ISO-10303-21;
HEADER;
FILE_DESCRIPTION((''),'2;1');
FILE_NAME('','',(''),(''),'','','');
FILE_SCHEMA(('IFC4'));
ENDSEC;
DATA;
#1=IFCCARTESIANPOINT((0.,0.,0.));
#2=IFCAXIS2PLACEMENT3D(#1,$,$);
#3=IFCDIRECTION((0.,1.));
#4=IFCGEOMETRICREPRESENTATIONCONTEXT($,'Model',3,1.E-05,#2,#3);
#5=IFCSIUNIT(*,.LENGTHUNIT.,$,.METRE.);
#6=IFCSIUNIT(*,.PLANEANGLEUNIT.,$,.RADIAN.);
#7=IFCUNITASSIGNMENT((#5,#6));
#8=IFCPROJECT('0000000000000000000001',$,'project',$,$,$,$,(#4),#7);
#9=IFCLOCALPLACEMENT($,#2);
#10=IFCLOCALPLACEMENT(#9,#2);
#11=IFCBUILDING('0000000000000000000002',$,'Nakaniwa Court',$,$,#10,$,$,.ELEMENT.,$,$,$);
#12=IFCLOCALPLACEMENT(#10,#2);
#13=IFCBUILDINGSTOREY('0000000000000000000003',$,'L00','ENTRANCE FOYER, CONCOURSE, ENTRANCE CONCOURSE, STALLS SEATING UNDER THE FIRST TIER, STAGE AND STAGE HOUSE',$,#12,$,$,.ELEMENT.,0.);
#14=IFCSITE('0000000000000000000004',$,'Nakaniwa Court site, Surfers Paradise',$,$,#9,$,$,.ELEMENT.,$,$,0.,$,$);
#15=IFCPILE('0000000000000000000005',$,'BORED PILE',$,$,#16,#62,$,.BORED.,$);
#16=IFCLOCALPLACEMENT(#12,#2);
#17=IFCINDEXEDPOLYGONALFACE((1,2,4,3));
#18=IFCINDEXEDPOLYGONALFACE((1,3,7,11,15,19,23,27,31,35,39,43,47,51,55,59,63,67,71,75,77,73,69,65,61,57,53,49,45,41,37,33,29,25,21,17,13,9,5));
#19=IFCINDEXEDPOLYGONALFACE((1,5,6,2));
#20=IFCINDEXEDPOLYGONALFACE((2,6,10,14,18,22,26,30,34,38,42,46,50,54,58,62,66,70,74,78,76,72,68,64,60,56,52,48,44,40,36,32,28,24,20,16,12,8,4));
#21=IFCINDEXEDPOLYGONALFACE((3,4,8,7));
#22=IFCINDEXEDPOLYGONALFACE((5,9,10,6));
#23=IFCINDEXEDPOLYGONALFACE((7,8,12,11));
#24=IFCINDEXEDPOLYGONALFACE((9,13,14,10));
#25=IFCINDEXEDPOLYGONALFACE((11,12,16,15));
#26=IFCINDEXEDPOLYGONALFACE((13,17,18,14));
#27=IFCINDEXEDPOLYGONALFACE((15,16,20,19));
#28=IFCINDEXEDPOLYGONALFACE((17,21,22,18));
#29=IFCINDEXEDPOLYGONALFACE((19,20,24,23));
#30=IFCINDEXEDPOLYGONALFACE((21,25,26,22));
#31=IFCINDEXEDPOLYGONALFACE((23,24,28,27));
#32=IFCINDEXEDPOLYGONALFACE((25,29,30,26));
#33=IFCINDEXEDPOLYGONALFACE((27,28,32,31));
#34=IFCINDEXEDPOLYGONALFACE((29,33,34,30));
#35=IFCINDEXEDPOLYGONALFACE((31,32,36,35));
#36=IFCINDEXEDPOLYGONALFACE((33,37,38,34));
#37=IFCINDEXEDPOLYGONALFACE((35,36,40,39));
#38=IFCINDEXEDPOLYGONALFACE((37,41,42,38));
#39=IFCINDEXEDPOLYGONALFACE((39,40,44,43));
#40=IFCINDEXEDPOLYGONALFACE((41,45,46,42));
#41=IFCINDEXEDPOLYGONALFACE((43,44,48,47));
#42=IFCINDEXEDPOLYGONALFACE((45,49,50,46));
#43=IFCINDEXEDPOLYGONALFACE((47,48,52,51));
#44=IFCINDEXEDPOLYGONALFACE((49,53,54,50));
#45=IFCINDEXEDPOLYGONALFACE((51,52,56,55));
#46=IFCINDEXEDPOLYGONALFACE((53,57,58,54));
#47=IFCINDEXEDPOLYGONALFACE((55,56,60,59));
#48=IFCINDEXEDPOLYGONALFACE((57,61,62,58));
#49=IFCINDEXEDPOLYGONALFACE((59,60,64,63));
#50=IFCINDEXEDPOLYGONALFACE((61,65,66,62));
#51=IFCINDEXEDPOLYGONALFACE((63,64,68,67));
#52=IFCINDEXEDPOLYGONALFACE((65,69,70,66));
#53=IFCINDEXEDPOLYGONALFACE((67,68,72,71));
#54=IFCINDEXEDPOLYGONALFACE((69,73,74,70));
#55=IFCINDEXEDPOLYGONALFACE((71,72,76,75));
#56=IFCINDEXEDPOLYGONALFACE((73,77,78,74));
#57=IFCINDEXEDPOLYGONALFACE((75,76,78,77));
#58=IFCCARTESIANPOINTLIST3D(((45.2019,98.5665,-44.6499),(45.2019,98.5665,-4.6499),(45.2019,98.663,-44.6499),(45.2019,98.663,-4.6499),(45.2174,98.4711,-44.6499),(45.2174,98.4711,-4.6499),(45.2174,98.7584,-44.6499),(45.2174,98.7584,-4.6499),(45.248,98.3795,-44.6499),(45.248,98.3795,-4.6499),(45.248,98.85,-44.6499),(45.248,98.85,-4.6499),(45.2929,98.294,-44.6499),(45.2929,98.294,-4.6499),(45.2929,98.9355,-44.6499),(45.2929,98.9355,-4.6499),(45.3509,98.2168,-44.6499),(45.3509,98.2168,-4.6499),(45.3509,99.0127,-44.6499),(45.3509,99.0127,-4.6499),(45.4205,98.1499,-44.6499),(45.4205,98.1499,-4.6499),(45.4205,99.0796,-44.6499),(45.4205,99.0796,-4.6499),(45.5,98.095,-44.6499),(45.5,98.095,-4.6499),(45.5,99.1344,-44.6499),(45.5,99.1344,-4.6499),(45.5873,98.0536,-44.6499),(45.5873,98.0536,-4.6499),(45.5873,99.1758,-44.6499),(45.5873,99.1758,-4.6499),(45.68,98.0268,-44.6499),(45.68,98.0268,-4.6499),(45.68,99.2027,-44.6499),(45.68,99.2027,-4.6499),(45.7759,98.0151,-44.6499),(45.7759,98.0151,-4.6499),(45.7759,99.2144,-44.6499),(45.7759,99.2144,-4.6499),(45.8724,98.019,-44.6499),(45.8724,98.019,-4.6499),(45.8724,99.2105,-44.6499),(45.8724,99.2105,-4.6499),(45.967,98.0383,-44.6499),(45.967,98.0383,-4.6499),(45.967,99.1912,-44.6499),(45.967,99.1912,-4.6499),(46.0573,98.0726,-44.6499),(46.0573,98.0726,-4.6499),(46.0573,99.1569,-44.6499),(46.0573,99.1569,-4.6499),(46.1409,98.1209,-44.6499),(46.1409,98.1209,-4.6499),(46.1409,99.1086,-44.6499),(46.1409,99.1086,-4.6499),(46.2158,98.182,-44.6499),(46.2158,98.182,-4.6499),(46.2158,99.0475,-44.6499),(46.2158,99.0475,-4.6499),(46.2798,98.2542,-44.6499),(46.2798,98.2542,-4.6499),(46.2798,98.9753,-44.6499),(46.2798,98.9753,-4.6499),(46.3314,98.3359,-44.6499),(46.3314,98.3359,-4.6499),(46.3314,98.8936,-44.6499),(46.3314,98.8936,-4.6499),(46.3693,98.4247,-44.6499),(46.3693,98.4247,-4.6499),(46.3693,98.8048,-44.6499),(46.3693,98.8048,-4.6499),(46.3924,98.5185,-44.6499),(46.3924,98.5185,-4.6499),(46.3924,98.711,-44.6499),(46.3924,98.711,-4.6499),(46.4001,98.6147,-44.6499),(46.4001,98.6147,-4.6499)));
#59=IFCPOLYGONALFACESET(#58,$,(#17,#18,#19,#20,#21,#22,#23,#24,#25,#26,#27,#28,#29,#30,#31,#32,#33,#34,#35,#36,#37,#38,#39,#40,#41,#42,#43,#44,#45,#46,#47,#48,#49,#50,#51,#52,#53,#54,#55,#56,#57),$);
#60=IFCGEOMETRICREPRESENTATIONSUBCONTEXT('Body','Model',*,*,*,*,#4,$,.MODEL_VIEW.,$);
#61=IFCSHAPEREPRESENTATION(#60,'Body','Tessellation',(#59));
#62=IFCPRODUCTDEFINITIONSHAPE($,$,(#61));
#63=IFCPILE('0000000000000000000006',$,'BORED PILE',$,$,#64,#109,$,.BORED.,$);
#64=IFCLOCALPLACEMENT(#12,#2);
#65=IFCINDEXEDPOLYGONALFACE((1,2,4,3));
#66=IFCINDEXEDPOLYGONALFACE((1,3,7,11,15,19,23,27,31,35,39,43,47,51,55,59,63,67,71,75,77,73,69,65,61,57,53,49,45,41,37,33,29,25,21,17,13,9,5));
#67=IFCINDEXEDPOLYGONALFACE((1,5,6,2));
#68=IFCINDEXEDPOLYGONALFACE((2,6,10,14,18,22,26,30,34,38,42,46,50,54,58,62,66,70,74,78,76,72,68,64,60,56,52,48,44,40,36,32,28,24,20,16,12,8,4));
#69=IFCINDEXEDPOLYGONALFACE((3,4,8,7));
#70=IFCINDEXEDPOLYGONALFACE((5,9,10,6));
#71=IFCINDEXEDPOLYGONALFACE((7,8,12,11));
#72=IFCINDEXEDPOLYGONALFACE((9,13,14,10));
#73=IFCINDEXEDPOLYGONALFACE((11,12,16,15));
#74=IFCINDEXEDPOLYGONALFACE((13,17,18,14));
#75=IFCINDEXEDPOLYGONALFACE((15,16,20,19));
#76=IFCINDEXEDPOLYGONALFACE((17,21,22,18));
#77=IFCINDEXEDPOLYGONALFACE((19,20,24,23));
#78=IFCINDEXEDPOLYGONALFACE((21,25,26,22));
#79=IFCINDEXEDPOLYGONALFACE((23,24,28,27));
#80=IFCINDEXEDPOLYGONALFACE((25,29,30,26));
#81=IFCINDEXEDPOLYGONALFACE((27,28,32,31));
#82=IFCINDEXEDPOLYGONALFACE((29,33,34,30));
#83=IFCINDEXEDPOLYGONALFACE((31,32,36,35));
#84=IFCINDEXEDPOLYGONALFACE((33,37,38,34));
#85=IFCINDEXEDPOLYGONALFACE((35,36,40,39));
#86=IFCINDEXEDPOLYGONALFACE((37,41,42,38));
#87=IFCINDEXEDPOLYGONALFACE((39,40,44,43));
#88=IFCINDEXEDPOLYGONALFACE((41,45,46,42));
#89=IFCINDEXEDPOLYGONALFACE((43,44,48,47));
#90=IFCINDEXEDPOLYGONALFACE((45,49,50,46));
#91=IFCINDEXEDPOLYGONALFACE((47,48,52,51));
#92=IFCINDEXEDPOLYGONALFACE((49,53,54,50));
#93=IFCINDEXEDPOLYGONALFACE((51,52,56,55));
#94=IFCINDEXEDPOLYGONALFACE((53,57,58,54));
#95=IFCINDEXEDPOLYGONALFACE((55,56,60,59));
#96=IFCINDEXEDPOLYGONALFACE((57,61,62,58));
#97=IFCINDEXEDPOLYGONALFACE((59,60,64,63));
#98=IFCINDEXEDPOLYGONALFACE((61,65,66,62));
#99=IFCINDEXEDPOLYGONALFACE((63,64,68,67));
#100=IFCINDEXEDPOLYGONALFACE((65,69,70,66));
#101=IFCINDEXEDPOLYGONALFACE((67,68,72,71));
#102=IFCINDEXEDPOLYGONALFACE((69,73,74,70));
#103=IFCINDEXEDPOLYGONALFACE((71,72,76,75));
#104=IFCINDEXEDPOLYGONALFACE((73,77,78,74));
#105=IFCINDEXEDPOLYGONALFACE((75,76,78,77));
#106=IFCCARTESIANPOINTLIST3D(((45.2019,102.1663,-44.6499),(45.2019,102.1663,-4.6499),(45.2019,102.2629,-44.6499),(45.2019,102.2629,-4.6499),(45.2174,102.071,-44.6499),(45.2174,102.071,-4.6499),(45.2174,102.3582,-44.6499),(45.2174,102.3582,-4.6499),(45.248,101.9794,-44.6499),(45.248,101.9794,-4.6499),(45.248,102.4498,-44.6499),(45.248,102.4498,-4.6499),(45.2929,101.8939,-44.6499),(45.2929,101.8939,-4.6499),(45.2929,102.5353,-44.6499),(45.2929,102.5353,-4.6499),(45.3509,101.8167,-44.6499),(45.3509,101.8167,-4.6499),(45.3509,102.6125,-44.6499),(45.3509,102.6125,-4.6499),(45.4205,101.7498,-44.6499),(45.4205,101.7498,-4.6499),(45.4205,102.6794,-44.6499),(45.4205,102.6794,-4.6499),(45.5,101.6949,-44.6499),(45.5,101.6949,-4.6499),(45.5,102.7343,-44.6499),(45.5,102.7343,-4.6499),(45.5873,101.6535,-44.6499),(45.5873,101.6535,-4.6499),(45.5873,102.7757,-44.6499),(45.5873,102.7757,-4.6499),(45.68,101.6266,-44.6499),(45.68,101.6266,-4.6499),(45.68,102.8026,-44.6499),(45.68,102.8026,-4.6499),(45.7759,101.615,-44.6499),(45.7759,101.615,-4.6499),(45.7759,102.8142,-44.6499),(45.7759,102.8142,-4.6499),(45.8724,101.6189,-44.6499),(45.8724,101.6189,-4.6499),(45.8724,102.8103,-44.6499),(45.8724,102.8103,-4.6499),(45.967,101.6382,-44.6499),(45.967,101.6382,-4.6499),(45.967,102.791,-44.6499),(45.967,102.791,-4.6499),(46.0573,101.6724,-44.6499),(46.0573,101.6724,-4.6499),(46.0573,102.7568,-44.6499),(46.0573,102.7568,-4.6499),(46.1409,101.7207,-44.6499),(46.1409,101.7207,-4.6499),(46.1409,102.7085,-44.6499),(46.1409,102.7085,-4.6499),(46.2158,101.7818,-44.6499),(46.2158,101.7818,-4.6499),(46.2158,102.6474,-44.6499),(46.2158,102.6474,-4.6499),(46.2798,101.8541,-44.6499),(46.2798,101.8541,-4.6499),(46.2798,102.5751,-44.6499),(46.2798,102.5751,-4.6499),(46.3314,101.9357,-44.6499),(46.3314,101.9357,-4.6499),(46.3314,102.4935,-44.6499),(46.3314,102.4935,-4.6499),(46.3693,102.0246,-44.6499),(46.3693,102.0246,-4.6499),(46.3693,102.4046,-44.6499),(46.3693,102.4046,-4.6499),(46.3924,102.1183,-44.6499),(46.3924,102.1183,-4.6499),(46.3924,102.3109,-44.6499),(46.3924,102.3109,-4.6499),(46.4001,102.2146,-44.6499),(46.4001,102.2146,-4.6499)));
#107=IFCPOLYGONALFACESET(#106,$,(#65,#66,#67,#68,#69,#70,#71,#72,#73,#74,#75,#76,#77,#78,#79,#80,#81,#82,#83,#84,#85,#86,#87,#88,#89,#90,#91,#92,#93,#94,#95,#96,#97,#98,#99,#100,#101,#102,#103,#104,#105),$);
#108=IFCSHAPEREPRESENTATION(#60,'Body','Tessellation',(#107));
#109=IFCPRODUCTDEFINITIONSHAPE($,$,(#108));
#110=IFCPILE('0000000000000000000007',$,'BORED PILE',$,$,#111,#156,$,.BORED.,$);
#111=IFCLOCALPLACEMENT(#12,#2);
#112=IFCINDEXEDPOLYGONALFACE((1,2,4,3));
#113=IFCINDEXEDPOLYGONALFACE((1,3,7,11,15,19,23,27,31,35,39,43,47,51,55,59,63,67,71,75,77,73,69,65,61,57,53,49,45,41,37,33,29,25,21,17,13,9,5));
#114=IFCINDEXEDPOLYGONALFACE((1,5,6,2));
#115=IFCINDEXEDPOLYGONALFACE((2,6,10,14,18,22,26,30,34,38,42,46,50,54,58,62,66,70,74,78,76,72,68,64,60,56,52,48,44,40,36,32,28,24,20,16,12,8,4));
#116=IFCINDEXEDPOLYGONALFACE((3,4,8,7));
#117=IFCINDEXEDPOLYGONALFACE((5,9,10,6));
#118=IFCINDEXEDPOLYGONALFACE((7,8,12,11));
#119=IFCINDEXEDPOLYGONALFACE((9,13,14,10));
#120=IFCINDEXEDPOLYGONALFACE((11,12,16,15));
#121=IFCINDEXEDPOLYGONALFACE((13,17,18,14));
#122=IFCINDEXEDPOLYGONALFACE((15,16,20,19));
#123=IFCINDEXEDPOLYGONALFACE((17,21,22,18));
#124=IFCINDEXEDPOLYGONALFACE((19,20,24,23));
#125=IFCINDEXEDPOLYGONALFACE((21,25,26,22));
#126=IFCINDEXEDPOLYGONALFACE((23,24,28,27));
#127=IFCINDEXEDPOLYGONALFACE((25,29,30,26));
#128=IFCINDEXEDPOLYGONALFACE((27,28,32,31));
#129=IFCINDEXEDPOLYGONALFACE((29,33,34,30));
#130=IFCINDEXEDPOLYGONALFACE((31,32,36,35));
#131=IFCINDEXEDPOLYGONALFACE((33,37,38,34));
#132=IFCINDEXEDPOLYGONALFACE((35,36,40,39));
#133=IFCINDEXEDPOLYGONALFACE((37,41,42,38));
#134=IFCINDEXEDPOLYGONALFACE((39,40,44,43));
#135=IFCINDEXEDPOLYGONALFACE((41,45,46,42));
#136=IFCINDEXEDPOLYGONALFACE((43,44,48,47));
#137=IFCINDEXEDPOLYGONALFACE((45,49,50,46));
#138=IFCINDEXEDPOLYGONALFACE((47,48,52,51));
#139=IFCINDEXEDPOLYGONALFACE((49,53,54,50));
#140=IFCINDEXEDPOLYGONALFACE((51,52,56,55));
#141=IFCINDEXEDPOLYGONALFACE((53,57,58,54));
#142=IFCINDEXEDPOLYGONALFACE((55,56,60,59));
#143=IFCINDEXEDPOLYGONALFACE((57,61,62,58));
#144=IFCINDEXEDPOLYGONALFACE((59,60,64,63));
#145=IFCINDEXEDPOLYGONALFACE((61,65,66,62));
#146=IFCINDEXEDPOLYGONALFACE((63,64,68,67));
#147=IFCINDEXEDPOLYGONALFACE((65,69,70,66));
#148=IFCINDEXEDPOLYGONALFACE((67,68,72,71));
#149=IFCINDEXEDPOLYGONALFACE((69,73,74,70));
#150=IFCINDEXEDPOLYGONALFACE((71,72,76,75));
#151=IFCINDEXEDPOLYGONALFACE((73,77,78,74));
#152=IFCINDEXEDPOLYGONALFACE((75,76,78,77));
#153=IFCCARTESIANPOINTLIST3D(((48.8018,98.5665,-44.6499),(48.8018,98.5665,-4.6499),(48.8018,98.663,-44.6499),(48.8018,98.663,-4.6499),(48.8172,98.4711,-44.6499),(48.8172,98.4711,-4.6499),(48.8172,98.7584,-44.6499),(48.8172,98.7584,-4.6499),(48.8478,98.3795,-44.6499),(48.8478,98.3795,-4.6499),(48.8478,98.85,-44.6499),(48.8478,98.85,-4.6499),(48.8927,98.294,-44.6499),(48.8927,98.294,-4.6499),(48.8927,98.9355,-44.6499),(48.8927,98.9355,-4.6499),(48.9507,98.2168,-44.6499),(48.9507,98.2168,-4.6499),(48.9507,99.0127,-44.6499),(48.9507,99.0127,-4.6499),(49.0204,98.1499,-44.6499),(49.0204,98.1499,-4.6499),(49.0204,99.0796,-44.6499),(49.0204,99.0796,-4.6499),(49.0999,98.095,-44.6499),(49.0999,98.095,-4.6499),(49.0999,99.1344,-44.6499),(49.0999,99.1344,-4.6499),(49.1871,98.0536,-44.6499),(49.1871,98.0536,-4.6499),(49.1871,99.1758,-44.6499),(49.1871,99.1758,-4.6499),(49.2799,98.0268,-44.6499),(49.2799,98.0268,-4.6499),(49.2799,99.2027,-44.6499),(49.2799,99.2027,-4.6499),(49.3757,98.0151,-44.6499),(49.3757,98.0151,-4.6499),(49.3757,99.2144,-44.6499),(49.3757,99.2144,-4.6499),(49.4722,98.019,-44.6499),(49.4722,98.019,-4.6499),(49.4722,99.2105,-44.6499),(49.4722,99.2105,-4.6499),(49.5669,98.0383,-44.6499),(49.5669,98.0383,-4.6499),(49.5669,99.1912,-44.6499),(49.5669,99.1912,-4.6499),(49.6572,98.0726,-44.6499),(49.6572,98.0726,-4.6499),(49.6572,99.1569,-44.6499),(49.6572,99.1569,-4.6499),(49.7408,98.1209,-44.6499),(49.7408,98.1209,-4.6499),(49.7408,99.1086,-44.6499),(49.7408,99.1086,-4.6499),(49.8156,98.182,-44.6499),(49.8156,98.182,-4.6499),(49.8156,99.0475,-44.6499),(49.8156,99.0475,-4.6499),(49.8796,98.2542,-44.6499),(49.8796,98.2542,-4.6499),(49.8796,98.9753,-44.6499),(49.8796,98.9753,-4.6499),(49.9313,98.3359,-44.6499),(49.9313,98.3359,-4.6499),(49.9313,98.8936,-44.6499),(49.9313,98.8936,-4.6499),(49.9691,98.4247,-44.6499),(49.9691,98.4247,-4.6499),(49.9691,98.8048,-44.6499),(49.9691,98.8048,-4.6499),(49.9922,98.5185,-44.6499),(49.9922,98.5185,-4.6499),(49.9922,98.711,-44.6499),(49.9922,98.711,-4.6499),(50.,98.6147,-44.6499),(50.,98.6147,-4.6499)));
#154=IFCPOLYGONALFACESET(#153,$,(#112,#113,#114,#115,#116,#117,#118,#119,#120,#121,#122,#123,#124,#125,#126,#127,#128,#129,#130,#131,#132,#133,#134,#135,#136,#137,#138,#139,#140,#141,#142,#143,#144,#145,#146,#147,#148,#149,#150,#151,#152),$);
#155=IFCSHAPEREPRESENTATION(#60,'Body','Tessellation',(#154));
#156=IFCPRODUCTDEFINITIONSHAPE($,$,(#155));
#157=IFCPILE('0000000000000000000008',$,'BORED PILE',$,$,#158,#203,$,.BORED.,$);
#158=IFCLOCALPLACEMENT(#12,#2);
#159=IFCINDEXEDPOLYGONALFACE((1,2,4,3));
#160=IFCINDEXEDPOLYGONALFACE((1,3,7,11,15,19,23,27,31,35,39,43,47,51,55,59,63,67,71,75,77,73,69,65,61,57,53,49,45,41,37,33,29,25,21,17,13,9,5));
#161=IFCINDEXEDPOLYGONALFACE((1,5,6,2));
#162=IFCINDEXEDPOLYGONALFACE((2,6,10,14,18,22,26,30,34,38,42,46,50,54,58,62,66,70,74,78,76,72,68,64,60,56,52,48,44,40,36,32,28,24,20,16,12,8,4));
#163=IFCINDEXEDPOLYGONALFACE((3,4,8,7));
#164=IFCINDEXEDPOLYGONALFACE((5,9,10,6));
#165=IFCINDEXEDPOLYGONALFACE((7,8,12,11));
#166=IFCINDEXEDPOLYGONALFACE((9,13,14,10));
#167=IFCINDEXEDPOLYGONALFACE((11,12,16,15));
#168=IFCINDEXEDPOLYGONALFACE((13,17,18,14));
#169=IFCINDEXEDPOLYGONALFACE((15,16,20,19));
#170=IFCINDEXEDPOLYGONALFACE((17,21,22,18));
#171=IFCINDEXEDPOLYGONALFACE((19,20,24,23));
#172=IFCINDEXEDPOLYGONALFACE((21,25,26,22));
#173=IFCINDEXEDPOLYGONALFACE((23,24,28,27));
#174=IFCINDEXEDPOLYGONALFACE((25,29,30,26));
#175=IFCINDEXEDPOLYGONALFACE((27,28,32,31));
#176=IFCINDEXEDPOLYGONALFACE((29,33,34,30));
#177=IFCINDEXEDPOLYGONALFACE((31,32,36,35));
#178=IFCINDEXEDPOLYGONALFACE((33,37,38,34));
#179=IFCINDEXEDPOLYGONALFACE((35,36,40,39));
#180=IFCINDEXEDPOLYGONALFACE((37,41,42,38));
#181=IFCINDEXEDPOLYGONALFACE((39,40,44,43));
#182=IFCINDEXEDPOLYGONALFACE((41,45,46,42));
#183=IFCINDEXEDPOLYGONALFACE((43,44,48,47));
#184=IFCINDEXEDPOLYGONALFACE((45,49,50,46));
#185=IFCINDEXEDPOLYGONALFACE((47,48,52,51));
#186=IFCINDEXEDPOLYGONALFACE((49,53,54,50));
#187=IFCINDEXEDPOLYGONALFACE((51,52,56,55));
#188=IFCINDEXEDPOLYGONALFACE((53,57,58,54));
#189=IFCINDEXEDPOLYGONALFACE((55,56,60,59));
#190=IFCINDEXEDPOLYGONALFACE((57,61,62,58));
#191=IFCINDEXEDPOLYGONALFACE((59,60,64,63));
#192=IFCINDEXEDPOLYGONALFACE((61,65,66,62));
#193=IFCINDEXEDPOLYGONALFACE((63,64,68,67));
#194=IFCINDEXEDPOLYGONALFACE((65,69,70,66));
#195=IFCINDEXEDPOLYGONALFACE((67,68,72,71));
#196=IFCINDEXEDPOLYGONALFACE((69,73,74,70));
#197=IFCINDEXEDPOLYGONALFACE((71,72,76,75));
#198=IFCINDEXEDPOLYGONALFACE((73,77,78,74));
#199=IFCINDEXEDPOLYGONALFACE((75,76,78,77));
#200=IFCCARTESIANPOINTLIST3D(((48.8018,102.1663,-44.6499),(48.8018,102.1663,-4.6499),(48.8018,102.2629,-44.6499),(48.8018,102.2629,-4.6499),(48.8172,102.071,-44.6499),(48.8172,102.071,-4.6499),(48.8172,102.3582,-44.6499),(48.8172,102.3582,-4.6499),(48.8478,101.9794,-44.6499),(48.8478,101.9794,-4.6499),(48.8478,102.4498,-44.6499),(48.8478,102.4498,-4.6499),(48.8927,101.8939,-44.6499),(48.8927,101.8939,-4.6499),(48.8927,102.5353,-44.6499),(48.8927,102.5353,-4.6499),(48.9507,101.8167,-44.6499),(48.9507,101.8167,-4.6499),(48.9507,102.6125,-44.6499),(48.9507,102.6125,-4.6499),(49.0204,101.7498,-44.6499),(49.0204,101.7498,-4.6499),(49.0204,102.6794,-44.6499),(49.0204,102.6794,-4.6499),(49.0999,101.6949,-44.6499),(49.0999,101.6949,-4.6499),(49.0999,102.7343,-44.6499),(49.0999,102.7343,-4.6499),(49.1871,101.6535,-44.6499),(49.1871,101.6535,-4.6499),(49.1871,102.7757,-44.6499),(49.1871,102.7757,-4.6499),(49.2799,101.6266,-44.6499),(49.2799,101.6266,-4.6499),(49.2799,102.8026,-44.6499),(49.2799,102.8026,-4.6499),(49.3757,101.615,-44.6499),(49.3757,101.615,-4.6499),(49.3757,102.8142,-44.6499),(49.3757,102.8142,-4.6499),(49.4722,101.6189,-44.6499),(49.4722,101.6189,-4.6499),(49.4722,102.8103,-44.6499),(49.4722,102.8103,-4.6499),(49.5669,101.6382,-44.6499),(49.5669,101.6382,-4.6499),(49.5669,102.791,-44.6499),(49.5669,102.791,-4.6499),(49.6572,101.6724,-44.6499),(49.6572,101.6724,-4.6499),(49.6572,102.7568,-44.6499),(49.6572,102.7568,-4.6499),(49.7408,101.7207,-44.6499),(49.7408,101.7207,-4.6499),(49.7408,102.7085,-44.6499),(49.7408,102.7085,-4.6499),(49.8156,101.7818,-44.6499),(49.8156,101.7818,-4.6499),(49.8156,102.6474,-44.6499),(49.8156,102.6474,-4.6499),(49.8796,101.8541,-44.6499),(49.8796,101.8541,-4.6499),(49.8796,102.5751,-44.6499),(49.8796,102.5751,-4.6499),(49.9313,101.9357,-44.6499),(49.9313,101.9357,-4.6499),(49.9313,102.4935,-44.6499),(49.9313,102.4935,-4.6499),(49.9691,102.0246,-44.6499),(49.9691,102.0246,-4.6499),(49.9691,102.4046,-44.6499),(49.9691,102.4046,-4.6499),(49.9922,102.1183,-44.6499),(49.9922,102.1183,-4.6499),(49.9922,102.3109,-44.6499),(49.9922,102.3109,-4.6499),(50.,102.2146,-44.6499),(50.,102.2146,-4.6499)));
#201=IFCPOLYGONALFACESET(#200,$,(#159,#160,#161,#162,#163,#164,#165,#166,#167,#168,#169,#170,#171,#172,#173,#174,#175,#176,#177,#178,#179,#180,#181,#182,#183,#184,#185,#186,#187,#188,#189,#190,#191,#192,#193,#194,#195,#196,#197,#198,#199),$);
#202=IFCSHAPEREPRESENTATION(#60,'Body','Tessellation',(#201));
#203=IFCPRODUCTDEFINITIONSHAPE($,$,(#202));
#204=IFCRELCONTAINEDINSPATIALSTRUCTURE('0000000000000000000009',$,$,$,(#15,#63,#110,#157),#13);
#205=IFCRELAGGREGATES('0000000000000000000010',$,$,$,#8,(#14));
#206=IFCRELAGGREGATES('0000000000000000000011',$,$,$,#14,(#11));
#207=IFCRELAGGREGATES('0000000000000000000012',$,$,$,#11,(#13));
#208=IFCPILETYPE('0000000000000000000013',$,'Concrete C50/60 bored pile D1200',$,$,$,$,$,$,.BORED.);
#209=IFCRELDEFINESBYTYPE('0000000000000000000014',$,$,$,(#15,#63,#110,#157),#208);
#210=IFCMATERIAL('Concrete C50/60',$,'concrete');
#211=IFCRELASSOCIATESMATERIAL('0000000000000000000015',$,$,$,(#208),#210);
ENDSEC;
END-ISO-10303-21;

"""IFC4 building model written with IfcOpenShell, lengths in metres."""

from ifc_helpers import new_model, si_unit, direction, frame, origin, origin_2d, place, context, subcontext, project, spatial, circle, extrude, material, material_profile, profile_set, type_object, element, save


model = new_model("IFC4")

# Units and contexts
model_context = context("Model", 3, precision=1e-05, world=origin(), true_north=direction((0.0, 1.0)))
body_context = subcontext(model_context, "Body", "Model", "MODEL_VIEW")
ifc_project = project(units=[si_unit("LENGTHUNIT", "METRE"), si_unit("PLANEANGLEUNIT", "RADIAN")], contexts=[model_context])

# Site, building, storey
site_placement = place(None, origin())
site = spatial("IfcSite", under=ifc_project, at=site_placement, Name="Nakaniwa Court site, Surfers Paradise", CompositionType="ELEMENT", RefElevation=0.0)
building_placement = place(site_placement, origin())
building = spatial("IfcBuilding", under=site, at=building_placement, Name="Nakaniwa Court", CompositionType="ELEMENT")
storey_placement = place(building_placement, origin())
storey = spatial("IfcBuildingStorey", under=building, at=storey_placement, Name="L00", Description="ENTRANCE FOYER, CONCOURSE, ENTRANCE CONCOURSE, STALLS SEATING UNDER THE FIRST TIER, STAGE AND STAGE HOUSE", CompositionType="ELEMENT", Elevation=0.0)

# Piles
ifc_material_1 = material(Name="Concrete C50/60", Category="concrete")
ifc_material_profile_1 = material_profile(ifc_material_1, circle(Radius=0.6001, at=origin_2d()), Name="Concrete C50/60 bored pile D1200")
ifc_profile_set_1 = profile_set([ifc_material_profile_1], Name="Concrete C50/60")
pile_type = type_object("IfcPileType", Name="Concrete C50/60 bored pile D1200", PredefinedType="BORED", material=ifc_profile_set_1)
for number, where, z_axis, x_axis, name in (
    (1, (45.8, 98.6147, -4.6499), (0.0, 0.0, -1.0), (1.0, 0.0, 0.0), "BORED PILE"),
    (2, (45.8, 102.2146, -4.6499), (0.0, 0.0, -1.0), (1.0, 0.0, 0.0), "BORED PILE"),
    (3, (49.3999, 98.6147, -4.6499), (0.0, 0.0, -1.0), (1.0, 0.0, 0.0), "BORED PILE"),
    (4, (49.3999, 102.2146, -4.6499), (0.0, 0.0, -1.0), (1.0, 0.0, 0.0), "BORED PILE"),
):
    element("IfcPile", number, at=place(storey_placement, frame(where, z_axis=z_axis, x_axis=x_axis)), inside=storey, type_object=pile_type, Name=name, PredefinedType="BORED", context=body_context, shape_type="SweptSolid", body=[
        extrude(circle(Radius=0.6001, at=origin_2d()), origin(), (0.0, 0.0, 1.0), 40.0),
    ])

save(model, "model.ifc")
